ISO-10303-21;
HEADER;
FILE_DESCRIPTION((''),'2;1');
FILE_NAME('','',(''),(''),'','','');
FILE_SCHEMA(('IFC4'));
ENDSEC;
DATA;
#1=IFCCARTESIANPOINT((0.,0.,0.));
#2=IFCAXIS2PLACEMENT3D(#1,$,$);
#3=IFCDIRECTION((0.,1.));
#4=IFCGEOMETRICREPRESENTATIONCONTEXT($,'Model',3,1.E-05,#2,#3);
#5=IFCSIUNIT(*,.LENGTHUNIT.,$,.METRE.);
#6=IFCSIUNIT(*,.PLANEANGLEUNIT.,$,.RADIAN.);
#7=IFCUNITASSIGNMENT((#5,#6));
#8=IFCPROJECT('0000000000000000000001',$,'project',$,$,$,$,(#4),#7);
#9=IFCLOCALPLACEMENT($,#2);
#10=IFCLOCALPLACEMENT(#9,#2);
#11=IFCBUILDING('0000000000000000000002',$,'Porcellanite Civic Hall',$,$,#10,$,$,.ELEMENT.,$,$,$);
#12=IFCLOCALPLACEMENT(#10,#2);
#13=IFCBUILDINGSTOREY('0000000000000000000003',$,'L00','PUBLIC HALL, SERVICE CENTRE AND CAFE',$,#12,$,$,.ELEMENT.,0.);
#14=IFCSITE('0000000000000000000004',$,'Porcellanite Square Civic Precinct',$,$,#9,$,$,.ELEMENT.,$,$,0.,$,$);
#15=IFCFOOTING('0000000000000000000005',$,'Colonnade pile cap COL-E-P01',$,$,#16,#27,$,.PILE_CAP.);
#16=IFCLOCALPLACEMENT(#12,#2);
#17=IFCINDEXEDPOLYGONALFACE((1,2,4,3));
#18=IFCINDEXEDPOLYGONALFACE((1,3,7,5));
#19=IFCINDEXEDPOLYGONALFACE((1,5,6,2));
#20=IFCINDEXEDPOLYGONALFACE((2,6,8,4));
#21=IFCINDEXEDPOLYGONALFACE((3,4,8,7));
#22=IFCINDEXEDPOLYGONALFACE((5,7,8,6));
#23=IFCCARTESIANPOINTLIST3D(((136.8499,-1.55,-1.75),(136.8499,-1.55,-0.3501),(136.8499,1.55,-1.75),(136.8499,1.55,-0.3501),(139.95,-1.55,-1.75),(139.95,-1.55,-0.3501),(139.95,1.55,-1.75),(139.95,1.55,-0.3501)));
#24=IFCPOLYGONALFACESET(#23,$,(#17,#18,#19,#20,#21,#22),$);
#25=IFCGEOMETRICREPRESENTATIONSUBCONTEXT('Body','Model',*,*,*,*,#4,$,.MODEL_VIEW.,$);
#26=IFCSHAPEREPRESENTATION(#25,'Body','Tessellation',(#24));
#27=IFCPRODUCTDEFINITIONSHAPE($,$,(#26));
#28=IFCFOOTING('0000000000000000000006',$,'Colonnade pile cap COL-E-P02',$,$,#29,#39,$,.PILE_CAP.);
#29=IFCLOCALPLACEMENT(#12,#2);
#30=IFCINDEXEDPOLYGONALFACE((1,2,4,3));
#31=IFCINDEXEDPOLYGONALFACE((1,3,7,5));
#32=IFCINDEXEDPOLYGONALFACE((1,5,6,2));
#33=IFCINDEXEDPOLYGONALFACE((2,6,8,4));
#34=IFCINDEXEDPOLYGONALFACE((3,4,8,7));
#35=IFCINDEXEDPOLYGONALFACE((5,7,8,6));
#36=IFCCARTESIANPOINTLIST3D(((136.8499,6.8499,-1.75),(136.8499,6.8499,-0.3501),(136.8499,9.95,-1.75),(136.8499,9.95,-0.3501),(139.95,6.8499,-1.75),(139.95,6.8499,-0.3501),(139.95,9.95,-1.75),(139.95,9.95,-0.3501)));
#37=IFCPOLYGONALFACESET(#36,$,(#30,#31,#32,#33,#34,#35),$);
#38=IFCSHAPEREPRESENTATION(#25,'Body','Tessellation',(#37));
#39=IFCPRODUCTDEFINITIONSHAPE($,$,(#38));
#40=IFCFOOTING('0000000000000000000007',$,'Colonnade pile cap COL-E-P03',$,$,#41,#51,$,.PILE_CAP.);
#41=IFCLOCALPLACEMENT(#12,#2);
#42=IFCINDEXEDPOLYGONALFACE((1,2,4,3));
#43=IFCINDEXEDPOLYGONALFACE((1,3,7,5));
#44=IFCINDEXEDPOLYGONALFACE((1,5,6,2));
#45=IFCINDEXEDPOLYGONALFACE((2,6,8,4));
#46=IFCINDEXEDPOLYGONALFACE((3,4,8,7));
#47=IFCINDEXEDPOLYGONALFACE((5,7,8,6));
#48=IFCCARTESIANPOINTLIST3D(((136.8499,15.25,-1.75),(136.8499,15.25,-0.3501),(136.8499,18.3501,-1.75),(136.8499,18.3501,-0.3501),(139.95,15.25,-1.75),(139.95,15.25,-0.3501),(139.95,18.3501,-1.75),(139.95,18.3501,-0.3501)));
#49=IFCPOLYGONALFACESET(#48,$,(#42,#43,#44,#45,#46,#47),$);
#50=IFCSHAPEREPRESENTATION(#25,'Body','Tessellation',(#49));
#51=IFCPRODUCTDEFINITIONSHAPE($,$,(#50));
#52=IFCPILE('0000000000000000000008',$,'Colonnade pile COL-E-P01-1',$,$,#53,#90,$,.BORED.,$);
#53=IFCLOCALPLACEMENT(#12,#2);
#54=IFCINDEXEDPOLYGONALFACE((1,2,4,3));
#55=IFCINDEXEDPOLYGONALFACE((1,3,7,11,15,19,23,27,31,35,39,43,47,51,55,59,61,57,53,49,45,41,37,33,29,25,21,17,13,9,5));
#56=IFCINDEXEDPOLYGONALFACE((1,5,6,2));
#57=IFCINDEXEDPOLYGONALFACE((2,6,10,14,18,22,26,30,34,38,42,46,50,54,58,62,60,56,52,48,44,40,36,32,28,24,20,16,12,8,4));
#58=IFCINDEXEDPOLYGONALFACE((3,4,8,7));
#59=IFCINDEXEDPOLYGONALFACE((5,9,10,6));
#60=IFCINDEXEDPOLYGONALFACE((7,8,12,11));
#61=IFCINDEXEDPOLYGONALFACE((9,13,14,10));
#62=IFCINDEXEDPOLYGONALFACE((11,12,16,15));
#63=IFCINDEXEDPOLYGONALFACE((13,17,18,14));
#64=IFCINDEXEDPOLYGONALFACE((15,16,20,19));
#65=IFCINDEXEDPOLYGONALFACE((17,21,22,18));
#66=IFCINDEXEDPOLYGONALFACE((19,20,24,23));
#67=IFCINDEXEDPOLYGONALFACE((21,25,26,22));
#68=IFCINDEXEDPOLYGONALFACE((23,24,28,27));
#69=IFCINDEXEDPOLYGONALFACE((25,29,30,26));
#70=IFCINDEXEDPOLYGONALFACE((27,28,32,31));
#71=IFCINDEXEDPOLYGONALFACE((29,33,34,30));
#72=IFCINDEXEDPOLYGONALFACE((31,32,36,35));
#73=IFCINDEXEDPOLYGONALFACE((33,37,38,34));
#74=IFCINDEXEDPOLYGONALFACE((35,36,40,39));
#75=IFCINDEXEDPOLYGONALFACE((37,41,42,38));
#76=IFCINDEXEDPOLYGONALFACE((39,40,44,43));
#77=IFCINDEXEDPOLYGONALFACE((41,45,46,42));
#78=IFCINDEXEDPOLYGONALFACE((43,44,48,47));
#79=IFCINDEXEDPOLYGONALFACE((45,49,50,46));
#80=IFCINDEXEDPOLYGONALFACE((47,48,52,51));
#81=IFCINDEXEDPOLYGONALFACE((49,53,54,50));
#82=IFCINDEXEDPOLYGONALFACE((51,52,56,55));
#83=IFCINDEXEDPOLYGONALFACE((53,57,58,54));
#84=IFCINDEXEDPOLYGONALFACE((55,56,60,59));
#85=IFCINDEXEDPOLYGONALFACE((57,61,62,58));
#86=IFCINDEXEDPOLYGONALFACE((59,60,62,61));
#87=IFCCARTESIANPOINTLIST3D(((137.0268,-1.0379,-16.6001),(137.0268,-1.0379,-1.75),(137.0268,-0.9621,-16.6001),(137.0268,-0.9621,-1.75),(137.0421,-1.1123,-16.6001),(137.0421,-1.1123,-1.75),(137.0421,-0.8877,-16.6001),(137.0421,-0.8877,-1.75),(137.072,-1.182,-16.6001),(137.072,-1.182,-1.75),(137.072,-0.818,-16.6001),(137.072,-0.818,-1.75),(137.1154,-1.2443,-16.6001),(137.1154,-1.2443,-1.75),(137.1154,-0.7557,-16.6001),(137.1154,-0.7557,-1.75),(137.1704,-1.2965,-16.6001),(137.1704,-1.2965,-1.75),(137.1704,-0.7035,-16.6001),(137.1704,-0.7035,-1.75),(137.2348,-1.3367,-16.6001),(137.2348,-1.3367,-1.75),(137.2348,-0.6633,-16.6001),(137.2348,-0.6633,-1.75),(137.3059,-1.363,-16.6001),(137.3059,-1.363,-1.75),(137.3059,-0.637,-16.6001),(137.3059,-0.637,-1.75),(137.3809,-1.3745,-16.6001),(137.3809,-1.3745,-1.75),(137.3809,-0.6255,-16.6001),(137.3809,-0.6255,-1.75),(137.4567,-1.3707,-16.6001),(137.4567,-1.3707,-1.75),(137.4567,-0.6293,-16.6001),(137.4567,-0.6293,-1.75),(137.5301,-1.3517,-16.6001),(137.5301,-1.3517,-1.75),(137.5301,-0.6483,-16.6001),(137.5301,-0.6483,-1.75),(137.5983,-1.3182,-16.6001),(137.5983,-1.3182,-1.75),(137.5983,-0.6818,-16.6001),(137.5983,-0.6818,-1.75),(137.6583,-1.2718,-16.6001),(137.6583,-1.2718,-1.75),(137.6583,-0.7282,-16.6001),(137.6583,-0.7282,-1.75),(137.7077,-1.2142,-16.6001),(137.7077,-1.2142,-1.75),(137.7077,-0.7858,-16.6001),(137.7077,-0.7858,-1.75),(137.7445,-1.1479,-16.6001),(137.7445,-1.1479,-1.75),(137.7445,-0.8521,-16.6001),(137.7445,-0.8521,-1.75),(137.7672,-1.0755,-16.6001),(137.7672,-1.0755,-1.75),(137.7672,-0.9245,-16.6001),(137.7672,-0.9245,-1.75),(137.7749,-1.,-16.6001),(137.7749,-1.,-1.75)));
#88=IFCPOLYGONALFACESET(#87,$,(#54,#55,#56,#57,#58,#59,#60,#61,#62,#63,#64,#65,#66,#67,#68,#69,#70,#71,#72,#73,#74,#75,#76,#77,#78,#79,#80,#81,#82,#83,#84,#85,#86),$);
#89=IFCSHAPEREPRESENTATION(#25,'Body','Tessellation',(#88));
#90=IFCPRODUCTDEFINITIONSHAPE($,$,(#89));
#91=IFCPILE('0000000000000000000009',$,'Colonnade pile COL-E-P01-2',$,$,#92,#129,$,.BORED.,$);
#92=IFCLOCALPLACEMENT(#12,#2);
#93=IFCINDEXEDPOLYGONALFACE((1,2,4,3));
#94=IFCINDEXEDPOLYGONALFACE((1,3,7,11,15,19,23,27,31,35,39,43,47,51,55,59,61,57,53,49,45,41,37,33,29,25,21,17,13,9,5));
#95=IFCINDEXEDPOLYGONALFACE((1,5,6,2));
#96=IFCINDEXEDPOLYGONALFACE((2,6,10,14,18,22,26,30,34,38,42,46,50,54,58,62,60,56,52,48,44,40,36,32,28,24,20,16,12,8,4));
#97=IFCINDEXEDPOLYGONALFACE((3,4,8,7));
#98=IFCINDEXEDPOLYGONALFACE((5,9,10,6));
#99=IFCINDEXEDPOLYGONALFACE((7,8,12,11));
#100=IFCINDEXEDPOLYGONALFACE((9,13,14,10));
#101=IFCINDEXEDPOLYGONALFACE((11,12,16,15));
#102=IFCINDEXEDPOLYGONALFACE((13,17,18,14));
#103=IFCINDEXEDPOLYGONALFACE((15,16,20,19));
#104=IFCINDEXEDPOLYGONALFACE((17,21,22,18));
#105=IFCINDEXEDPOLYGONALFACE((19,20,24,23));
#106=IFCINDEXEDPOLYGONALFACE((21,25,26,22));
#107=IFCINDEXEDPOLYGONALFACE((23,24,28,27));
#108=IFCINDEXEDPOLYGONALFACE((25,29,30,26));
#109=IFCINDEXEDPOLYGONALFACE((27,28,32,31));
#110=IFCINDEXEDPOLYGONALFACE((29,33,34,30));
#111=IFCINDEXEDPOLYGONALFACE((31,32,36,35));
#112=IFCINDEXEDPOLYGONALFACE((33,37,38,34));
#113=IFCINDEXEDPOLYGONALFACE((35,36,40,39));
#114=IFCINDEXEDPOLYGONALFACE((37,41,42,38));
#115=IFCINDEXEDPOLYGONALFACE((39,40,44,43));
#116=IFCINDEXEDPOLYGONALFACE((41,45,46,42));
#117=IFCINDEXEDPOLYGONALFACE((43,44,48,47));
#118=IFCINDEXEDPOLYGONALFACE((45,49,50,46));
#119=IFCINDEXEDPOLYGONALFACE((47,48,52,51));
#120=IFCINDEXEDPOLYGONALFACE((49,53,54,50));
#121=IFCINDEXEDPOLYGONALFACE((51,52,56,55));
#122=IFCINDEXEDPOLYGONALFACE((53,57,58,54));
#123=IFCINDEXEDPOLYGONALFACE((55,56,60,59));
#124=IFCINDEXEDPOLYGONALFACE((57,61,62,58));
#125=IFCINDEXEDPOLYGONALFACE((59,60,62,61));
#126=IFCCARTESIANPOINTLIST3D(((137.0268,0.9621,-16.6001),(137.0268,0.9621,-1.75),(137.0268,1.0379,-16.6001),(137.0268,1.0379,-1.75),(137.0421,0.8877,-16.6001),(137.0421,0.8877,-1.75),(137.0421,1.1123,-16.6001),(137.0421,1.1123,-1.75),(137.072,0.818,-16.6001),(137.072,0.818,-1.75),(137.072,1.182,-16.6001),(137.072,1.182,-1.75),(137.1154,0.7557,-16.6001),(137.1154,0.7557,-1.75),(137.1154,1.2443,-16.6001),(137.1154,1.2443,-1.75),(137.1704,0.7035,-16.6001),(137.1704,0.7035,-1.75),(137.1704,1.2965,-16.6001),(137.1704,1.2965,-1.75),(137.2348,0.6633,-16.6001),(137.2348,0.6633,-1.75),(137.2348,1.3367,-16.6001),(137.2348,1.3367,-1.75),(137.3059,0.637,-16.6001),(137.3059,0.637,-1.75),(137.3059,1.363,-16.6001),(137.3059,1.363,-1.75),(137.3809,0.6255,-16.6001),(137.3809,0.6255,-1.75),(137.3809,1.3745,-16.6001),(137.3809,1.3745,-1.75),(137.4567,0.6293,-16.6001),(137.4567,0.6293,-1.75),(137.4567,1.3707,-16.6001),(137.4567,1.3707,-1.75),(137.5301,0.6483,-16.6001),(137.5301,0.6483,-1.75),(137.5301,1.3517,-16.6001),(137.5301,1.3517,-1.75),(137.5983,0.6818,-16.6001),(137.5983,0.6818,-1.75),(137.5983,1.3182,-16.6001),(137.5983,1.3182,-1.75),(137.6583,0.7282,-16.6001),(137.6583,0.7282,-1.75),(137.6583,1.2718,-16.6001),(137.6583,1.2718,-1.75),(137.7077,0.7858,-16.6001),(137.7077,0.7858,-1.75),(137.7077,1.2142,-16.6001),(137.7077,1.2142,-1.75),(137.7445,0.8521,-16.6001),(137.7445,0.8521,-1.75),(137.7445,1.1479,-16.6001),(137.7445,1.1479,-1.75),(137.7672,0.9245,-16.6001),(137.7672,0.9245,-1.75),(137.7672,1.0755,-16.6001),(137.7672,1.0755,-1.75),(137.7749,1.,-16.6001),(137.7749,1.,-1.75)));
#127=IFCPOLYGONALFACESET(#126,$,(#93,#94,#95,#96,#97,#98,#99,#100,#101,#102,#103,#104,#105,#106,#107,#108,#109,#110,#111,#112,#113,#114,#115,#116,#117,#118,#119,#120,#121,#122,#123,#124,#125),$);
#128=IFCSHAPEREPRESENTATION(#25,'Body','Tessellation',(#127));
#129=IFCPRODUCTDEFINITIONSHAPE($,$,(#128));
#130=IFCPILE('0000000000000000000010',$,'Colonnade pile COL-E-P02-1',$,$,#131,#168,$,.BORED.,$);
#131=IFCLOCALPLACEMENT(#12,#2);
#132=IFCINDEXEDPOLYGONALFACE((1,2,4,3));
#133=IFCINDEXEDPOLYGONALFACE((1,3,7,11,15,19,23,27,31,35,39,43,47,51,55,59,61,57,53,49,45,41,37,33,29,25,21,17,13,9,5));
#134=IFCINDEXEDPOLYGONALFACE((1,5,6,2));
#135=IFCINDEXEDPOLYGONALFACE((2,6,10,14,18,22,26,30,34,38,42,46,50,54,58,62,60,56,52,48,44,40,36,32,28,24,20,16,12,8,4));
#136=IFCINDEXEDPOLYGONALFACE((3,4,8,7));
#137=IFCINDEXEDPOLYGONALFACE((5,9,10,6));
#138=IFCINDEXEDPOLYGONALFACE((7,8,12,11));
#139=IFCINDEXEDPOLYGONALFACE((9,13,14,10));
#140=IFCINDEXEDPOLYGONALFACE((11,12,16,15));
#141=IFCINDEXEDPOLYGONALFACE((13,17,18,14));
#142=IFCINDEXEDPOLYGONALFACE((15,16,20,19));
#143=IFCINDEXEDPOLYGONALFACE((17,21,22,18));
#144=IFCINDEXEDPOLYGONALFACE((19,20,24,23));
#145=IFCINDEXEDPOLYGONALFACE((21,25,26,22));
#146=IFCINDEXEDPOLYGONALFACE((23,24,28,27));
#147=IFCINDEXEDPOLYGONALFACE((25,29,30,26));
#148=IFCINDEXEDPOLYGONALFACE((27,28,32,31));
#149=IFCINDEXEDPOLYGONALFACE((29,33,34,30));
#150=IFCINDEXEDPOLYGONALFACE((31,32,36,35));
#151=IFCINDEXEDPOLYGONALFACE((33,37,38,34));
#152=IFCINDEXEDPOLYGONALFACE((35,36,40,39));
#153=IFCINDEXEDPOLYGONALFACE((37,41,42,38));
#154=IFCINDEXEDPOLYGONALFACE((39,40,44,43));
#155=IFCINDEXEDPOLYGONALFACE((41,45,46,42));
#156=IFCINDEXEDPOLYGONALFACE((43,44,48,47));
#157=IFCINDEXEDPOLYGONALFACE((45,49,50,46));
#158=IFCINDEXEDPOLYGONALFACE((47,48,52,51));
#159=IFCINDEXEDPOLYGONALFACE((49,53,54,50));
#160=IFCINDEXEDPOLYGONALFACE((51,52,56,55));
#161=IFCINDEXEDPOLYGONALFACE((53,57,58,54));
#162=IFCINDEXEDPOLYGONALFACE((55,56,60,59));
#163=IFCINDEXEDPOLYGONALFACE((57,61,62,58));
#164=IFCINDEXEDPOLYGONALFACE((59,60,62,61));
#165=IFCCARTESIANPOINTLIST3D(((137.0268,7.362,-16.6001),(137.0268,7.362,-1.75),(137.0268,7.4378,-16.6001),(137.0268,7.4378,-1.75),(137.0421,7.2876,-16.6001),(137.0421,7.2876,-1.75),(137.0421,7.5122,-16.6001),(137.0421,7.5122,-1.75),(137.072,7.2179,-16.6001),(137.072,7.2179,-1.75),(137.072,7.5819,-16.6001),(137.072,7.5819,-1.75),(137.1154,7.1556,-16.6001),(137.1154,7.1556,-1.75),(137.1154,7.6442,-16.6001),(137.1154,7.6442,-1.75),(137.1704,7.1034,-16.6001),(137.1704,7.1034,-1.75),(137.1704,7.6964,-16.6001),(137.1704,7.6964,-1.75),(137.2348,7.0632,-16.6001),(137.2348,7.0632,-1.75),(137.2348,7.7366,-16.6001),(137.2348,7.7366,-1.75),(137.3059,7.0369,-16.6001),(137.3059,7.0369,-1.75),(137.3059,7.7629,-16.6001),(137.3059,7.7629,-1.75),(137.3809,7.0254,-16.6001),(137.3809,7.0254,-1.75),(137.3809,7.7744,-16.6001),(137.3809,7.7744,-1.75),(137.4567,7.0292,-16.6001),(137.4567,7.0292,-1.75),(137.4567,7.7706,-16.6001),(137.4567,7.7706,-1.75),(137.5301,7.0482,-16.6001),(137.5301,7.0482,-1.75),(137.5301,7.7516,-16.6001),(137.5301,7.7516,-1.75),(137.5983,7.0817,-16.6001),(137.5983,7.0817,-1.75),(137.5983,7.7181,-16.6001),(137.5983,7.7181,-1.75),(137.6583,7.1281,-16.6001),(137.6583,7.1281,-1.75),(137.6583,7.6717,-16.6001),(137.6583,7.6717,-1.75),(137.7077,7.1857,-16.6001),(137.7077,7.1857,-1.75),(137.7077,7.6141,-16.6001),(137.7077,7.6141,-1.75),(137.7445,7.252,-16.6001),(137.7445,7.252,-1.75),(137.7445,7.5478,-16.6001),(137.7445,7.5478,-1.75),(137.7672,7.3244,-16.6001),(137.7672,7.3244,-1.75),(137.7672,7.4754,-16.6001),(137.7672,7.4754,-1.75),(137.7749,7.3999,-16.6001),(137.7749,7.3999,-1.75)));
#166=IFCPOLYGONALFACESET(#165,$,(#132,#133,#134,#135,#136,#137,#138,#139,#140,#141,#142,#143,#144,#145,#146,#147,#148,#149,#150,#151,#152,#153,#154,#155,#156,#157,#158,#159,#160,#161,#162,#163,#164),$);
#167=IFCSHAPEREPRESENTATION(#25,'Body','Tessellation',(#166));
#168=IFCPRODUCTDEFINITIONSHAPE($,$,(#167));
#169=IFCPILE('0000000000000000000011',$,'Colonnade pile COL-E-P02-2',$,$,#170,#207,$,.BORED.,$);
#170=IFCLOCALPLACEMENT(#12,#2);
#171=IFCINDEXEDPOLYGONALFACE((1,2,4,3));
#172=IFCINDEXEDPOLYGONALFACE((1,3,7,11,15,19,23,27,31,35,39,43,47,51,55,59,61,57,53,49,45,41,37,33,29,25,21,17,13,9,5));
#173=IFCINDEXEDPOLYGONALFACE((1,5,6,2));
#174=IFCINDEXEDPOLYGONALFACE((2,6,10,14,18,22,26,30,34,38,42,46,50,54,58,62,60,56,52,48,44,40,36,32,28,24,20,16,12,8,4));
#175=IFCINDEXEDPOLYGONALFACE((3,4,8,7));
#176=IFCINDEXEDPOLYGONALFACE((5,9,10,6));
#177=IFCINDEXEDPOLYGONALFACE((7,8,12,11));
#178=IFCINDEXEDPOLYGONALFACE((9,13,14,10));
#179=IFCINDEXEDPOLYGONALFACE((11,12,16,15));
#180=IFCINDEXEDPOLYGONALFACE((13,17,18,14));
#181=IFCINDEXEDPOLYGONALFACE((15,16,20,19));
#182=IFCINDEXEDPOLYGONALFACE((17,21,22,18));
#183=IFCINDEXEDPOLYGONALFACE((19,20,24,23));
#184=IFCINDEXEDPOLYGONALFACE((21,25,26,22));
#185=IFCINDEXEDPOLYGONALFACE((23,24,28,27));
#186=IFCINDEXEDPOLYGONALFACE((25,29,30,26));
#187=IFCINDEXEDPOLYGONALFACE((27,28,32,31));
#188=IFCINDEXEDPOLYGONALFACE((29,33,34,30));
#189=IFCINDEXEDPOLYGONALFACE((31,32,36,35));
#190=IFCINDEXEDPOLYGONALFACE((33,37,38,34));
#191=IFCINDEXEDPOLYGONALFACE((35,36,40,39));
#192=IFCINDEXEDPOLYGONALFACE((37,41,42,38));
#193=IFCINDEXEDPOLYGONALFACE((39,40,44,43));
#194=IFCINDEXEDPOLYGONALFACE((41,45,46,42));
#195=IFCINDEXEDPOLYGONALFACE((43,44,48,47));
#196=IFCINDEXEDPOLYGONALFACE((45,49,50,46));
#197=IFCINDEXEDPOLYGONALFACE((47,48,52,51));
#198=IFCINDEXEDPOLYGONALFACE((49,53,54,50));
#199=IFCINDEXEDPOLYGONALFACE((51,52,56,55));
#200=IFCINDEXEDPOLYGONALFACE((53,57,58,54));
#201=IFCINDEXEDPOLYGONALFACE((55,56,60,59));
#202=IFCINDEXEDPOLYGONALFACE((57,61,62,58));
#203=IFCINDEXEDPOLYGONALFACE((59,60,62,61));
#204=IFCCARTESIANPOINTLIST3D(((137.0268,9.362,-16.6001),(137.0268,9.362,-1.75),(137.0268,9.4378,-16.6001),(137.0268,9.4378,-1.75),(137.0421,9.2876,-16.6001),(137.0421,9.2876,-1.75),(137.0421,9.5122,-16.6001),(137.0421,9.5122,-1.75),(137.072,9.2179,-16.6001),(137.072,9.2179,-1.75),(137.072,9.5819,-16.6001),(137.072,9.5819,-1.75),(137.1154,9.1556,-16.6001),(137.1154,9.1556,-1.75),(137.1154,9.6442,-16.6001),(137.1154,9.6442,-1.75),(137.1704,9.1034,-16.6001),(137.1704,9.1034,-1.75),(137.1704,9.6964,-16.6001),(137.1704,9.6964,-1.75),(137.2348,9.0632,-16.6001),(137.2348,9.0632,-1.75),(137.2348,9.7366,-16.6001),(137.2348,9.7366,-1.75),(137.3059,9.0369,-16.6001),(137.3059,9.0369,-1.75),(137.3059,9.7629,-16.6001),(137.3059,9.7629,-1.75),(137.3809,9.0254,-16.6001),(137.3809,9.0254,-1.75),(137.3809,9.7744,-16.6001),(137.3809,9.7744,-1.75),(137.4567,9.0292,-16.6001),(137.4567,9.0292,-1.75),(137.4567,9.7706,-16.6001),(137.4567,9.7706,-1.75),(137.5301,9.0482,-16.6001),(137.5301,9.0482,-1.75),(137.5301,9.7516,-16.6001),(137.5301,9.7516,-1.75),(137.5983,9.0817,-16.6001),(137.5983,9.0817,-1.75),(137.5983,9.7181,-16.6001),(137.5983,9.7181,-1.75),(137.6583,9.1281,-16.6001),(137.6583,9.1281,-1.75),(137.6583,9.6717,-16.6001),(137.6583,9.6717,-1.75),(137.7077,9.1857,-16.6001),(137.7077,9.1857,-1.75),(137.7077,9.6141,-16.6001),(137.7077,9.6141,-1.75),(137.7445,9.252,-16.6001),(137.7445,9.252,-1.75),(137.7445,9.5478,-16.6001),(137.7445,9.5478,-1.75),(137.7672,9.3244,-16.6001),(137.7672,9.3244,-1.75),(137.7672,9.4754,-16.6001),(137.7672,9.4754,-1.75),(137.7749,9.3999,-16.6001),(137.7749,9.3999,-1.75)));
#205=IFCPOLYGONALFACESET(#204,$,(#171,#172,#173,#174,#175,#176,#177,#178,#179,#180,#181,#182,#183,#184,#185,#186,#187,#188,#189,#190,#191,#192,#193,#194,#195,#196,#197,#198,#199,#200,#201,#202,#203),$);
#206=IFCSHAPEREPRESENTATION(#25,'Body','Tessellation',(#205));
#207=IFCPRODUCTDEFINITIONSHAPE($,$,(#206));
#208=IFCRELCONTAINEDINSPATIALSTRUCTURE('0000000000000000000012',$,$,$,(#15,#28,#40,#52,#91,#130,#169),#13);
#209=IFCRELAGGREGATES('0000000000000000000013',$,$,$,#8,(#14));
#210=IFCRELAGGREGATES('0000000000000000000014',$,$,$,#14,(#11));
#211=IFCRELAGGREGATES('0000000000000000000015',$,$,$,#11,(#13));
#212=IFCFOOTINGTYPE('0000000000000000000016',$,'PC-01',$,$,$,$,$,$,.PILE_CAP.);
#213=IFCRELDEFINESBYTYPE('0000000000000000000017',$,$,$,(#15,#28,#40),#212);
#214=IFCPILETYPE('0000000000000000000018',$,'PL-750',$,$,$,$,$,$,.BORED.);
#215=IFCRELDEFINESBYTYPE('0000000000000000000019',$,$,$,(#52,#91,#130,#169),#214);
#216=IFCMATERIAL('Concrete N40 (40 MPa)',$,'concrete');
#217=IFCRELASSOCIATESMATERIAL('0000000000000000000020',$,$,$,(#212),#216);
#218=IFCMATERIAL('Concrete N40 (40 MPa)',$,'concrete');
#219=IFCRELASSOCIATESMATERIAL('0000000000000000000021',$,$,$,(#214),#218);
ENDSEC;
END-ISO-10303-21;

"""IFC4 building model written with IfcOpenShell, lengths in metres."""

from ifc_helpers import new_model, si_unit, direction, frame, origin, origin_2d, place, context, subcontext, project, spatial, rectangle, circle, extrude, material, material_profile, profile_set, type_object, element, save


model = new_model("IFC4")

# Units and contexts
model_context = context("Model", 3, precision=1e-05, world=origin(), true_north=direction((0.0, 1.0)))
body_context = subcontext(model_context, "Body", "Model", "MODEL_VIEW")
ifc_project = project(units=[si_unit("LENGTHUNIT", "METRE"), si_unit("PLANEANGLEUNIT", "RADIAN")], contexts=[model_context])

# Site, building, storey
site_placement = place(None, origin())
site = spatial("IfcSite", under=ifc_project, at=site_placement, Name="Porcellanite Square Civic Precinct", CompositionType="ELEMENT", RefElevation=0.0)
building_placement = place(site_placement, origin())
building = spatial("IfcBuilding", under=site, at=building_placement, Name="Porcellanite Civic Hall", CompositionType="ELEMENT")
storey_placement = place(building_placement, origin())
storey = spatial("IfcBuildingStorey", under=building, at=storey_placement, Name="L00", Description="PUBLIC HALL, SERVICE CENTRE AND CAFE", CompositionType="ELEMENT", Elevation=0.0)

# Footings
ifc_material_1 = material(Name="Concrete N40 (40 MPa)", Category="concrete")
footing_type = type_object("IfcFootingType", Name="PC-01", PredefinedType="PILE_CAP", material=ifc_material_1)
for number, where, z_axis, x_axis, name in (
    (1, (138.3999, 0.0, -1.75), (0.0, 0.0, 1.0), (1.0, 0.0, 0.0), "Colonnade pile cap COL-E-P01"),
    (2, (138.3999, 8.3999, -1.75), (0.0, 0.0, 1.0), (1.0, 0.0, 0.0), "Colonnade pile cap COL-E-P02"),
    (3, (138.3999, 16.8, -1.75), (0.0, 0.0, 1.0), (1.0, 0.0, 0.0), "Colonnade pile cap COL-E-P03"),
):
    element("IfcFooting", number, at=place(storey_placement, frame(where, z_axis=z_axis, x_axis=x_axis)), inside=storey, type_object=footing_type, Name=name, PredefinedType="PILE_CAP", context=body_context, shape_type="SweptSolid", body=[
        extrude(rectangle(XDim=3.1001, YDim=3.1001, at=origin_2d()), origin(), (0.0, 0.0, 1.0), 1.3999),
    ])

# Piles
ifc_material_2 = material(Name="Concrete N40 (40 MPa)", Category="concrete")
ifc_material_profile_1 = material_profile(ifc_material_2, circle(Radius=0.375, at=origin_2d()), Name="PILE-D750")
ifc_profile_set_1 = profile_set([ifc_material_profile_1], Name="Concrete N40 (40 MPa)")
pile_type = type_object("IfcPileType", Name="PL-750", PredefinedType="BORED", material=ifc_profile_set_1)
for number, where, z_axis, x_axis, name in (
    (4, (137.3999, -1.0, -1.75), (0.0, 0.0, -1.0), (1.0, 0.0, 0.0), "Colonnade pile COL-E-P01-1"),
    (5, (137.3999, 1.0, -1.75), (0.0, 0.0, -1.0), (1.0, 0.0, 0.0), "Colonnade pile COL-E-P01-2"),
    (6, (137.3999, 7.3999, -1.75), (0.0, 0.0, -1.0), (1.0, 0.0, 0.0), "Colonnade pile COL-E-P02-1"),
    (7, (137.3999, 9.3999, -1.75), (0.0, 0.0, -1.0), (1.0, 0.0, 0.0), "Colonnade pile COL-E-P02-2"),
):
    element("IfcPile", number, at=place(storey_placement, frame(where, z_axis=z_axis, x_axis=x_axis)), inside=storey, type_object=pile_type, Name=name, PredefinedType="BORED", context=body_context, shape_type="SweptSolid", body=[
        extrude(circle(Radius=0.375, at=origin_2d()), origin(), (0.0, 0.0, 1.0), 14.8501),
    ])

save(model, "model.ifc")
